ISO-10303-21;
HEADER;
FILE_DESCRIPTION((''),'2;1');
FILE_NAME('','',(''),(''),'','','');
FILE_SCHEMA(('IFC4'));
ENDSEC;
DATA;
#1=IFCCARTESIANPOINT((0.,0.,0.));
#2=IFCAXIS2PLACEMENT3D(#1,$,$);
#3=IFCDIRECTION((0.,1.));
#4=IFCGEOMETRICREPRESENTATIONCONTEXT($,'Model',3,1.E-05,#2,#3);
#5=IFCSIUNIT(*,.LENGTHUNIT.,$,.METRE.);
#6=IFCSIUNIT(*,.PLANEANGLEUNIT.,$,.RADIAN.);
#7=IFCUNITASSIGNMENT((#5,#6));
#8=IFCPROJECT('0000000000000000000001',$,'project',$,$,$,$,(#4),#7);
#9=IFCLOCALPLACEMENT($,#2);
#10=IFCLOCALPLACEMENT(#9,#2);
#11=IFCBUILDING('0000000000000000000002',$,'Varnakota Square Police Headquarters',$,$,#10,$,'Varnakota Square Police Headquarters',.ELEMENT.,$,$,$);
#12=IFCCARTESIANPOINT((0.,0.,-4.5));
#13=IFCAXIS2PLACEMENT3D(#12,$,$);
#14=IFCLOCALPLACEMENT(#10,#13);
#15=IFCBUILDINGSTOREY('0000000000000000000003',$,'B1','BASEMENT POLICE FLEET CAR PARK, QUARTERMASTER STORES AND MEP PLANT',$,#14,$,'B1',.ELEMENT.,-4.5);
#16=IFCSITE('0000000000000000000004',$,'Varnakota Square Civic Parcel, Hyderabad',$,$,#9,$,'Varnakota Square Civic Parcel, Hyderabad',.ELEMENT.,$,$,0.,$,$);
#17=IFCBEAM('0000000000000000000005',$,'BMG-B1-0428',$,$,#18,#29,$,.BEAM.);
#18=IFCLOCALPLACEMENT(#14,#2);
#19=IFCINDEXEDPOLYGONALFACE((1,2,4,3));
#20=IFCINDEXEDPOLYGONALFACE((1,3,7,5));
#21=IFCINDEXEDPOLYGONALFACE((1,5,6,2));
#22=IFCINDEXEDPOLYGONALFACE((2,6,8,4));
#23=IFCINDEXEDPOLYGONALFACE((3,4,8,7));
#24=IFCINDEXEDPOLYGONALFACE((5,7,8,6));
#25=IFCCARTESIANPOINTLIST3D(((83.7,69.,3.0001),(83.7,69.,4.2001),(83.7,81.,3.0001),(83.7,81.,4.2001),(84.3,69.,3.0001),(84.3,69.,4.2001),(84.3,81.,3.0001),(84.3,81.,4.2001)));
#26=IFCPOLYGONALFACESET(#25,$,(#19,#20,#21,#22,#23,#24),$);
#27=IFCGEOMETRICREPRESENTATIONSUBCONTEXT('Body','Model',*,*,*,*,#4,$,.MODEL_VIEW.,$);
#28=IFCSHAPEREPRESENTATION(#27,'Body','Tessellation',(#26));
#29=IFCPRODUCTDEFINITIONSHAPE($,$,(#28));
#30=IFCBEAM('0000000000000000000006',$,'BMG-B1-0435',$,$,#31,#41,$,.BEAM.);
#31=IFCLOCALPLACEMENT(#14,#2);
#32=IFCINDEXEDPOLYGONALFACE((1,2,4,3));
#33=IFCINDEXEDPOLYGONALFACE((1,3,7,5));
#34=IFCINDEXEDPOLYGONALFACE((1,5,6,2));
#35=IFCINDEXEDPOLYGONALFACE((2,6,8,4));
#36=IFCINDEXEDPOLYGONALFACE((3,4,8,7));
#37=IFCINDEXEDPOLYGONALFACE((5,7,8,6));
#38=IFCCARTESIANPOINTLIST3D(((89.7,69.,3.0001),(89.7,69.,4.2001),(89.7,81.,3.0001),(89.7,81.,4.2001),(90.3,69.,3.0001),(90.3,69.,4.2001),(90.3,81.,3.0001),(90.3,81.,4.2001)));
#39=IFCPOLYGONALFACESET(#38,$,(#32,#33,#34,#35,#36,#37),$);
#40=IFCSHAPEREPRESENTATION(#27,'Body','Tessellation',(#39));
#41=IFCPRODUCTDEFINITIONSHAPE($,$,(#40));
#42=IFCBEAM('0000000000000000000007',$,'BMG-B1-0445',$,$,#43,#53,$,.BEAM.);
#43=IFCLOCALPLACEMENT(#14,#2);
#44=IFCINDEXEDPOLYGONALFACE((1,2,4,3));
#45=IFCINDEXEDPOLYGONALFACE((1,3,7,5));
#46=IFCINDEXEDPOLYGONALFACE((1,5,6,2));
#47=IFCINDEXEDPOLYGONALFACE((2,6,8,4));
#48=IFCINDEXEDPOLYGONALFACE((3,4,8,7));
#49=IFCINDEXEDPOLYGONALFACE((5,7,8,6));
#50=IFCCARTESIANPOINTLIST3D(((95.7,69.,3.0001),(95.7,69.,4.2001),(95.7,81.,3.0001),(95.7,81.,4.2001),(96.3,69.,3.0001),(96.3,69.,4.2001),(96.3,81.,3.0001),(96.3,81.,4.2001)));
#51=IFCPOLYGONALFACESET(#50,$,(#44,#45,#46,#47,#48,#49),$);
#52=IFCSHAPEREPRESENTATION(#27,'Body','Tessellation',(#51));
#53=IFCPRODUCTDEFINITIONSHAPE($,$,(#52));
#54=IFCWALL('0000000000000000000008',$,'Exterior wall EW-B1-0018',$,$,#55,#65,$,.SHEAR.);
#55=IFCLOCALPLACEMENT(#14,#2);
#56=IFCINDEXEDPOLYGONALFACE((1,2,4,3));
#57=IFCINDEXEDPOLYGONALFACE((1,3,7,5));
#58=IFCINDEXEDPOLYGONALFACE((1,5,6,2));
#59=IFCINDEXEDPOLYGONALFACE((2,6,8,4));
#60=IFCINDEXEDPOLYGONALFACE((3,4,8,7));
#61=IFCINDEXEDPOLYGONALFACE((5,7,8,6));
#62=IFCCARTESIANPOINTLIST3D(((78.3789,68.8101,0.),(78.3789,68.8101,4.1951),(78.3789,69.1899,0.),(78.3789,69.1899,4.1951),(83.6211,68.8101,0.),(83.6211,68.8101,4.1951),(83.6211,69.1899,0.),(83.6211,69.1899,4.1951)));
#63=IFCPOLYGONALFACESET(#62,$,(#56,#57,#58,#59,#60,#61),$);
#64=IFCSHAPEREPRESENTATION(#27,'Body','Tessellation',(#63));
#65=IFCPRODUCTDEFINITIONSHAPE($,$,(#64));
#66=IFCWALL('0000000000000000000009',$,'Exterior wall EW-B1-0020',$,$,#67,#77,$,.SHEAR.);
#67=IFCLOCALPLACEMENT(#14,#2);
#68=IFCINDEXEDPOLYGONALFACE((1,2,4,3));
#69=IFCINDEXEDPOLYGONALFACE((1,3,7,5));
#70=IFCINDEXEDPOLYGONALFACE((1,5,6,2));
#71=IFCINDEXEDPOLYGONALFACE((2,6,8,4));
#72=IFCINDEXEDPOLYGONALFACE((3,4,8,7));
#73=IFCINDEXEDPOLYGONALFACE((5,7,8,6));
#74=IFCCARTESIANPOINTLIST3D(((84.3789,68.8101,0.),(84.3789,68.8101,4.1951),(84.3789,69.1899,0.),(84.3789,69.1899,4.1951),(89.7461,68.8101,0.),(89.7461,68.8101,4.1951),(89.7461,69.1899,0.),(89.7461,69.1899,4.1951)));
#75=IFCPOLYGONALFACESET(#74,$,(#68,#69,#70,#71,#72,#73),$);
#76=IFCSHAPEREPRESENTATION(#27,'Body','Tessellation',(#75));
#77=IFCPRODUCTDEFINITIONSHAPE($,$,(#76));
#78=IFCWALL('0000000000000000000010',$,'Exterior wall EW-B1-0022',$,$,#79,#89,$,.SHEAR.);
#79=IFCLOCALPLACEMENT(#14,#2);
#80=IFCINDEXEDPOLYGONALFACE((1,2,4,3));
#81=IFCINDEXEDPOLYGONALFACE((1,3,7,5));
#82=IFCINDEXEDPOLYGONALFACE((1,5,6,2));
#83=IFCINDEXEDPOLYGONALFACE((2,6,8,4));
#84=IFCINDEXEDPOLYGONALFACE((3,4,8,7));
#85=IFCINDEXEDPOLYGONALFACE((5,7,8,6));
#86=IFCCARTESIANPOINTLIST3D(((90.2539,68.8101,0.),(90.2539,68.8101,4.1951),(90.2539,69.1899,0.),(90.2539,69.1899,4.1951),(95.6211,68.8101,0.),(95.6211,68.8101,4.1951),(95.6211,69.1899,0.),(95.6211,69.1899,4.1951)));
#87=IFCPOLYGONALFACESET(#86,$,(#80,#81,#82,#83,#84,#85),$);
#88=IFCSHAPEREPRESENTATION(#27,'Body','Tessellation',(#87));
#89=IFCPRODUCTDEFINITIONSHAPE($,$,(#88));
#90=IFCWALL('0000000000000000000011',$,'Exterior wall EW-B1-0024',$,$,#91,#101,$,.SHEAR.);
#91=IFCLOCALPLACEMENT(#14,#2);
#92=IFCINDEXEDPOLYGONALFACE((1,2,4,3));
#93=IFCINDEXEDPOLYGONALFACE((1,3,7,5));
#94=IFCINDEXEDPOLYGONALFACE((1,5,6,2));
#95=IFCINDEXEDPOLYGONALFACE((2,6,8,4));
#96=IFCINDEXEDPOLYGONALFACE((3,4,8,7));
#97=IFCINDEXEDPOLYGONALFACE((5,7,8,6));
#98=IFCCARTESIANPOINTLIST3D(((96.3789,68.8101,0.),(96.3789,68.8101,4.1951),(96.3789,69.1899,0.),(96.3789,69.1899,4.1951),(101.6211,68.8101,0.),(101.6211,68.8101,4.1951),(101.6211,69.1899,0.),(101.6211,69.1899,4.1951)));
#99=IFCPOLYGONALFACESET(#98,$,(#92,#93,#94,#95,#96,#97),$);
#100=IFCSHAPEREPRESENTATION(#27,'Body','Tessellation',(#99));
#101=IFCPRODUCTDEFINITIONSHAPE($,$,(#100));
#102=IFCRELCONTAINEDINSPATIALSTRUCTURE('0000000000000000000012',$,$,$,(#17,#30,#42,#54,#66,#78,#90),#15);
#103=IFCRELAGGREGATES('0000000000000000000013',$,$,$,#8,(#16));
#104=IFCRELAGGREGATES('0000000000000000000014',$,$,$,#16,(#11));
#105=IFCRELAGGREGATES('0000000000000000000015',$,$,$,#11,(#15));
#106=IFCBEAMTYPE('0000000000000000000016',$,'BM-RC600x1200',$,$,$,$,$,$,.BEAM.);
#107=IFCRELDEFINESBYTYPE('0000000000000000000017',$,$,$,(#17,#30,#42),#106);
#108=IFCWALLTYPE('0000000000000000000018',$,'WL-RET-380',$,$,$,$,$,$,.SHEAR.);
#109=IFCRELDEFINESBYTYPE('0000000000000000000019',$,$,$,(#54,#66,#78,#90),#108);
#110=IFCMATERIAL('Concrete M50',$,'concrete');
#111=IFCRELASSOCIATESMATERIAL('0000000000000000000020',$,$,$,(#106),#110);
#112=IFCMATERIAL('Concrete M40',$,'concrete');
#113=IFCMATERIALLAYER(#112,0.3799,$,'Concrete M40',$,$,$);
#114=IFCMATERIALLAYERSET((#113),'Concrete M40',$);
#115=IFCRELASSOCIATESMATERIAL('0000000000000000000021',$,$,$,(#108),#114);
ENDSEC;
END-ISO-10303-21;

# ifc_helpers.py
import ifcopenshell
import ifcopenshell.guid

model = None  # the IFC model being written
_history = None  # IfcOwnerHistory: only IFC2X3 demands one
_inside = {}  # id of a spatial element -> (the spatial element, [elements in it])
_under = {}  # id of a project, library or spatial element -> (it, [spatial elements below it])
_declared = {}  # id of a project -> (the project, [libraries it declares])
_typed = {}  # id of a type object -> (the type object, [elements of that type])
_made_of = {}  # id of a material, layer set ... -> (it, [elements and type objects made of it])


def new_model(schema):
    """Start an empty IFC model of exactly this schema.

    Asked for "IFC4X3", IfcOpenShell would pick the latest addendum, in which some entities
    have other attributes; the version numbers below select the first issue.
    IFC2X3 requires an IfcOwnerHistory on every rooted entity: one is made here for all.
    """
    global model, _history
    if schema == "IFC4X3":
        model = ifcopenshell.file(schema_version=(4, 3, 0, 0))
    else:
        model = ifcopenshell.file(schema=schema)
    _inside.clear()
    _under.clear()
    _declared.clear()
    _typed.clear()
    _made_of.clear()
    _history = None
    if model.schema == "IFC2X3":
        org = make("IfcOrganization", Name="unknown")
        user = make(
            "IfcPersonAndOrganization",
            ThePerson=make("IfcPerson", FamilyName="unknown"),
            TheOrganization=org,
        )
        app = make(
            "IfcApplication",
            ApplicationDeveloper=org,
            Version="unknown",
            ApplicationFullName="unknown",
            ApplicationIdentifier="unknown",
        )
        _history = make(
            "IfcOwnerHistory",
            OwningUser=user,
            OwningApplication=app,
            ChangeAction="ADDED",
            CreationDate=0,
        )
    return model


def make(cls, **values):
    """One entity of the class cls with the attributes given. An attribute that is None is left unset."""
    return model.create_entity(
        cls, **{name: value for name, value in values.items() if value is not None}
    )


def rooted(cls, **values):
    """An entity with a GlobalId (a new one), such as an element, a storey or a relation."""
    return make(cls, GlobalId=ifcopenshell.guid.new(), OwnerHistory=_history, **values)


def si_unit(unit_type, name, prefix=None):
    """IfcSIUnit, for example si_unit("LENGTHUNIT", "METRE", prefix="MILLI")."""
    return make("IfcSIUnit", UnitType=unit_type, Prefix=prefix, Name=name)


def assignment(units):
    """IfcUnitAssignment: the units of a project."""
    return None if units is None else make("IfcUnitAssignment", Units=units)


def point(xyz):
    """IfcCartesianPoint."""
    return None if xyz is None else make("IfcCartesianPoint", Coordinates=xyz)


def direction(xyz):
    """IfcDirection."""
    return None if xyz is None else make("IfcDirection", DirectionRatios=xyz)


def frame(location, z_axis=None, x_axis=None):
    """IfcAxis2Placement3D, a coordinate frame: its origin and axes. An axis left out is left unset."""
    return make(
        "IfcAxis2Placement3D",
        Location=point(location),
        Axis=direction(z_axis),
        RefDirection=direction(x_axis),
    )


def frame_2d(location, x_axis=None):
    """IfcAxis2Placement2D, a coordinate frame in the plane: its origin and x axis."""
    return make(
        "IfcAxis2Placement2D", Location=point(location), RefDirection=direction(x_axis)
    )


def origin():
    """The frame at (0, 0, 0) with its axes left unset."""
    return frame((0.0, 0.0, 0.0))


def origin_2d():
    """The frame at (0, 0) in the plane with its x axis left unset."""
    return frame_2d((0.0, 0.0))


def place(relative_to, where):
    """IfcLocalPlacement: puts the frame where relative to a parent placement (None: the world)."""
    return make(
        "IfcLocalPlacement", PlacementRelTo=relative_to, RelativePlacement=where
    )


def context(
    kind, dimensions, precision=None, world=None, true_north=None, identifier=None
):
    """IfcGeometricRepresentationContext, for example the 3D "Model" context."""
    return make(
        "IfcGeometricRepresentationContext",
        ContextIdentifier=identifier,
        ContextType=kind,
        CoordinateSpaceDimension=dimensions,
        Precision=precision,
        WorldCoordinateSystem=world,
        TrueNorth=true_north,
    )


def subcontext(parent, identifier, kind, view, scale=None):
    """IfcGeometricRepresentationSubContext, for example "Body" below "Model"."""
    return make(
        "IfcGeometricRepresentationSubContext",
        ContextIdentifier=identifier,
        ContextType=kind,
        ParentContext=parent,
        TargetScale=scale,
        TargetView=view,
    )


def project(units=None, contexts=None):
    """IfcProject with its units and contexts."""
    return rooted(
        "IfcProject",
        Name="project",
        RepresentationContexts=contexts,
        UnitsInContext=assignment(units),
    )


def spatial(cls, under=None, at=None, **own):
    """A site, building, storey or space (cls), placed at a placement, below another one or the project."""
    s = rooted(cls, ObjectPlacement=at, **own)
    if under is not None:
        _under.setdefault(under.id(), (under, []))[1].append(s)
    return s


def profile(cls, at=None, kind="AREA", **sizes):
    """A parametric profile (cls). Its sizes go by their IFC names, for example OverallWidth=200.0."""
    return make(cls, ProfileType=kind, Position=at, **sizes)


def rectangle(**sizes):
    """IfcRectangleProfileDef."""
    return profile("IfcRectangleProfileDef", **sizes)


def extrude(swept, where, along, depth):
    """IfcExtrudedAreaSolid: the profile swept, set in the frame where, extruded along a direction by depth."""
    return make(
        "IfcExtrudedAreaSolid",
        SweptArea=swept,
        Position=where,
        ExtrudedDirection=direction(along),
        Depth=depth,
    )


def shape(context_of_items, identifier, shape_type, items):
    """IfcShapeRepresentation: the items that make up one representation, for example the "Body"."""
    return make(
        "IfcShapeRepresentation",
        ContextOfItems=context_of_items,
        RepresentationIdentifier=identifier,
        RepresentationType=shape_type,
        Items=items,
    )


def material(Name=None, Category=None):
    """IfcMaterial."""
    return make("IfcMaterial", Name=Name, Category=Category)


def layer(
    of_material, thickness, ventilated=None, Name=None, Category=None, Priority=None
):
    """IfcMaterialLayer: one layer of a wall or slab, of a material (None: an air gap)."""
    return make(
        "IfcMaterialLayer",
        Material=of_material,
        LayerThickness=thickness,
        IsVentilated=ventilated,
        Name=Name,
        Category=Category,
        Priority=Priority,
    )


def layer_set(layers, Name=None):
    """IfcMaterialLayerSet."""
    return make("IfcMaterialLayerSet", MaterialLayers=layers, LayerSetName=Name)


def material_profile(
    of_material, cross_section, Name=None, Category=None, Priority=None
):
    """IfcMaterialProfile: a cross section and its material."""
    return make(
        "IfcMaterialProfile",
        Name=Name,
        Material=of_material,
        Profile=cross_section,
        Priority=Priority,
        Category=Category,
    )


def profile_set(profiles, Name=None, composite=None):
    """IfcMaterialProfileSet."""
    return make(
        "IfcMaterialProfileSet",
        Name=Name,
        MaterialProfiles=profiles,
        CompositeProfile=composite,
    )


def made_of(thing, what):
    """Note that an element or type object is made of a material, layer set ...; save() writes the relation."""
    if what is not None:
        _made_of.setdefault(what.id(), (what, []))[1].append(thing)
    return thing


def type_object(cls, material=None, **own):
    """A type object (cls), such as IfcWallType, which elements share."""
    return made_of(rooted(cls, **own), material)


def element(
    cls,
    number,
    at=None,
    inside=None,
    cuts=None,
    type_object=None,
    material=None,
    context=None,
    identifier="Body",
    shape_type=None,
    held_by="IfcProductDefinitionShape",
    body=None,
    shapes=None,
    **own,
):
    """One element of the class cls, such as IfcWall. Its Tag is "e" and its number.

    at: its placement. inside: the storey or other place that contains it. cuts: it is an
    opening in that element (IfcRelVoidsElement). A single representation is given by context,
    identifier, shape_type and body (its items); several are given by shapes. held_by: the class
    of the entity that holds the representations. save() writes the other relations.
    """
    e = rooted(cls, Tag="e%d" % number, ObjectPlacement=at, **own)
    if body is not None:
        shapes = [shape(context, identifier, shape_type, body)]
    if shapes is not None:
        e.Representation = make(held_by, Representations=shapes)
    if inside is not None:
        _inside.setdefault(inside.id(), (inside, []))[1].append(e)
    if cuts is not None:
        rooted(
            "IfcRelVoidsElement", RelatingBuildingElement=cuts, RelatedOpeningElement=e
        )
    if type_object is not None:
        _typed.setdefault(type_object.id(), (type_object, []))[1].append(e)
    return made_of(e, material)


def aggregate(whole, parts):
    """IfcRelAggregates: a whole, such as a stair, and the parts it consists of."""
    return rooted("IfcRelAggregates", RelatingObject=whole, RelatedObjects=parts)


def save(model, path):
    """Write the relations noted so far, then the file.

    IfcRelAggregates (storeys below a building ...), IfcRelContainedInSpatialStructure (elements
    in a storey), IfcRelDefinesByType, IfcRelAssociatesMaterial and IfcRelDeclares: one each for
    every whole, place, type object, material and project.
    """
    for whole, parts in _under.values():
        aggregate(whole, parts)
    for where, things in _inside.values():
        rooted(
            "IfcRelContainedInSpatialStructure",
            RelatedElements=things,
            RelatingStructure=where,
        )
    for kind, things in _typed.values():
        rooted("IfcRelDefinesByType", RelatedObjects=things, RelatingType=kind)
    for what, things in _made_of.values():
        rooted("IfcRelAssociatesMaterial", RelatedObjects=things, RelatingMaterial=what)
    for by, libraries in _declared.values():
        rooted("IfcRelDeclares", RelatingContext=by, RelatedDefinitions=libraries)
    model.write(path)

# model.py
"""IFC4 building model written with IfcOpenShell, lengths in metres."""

from ifc_helpers import new_model, si_unit, direction, frame, frame_2d, origin, origin_2d, place, context, subcontext, project, spatial, rectangle, extrude, material, layer, layer_set, material_profile, profile_set, type_object, element, save


model = new_model("IFC4")

# Units and contexts
model_context = context("Model", 3, precision=1e-05, world=origin(), true_north=direction((0.0, 1.0)))
body_context = subcontext(model_context, "Body", "Model", "MODEL_VIEW")
ifc_project = project(units=[si_unit("LENGTHUNIT", "METRE"), si_unit("PLANEANGLEUNIT", "RADIAN")], contexts=[model_context])

# Site, building, storey
site_placement = place(None, origin())
site = spatial("IfcSite", under=ifc_project, at=site_placement, Name="Varnakota Square Civic Parcel, Hyderabad", LongName="Varnakota Square Civic Parcel, Hyderabad", CompositionType="ELEMENT", RefElevation=0.0)
building_placement = place(site_placement, origin())
building = spatial("IfcBuilding", under=site, at=building_placement, Name="Varnakota Square Police Headquarters", LongName="Varnakota Square Police Headquarters", CompositionType="ELEMENT")
storey_placement = place(building_placement, frame((0.0, 0.0, -4.5)))
storey = spatial("IfcBuildingStorey", under=building, at=storey_placement, Name="B1", Description="BASEMENT POLICE FLEET CAR PARK, QUARTERMASTER STORES AND MEP PLANT", LongName="B1", CompositionType="ELEMENT", Elevation=-4.5)

# Shared definitions
ifc_material_1 = material(Name="Concrete M40", Category="concrete")
ifc_material_2 = material(Name="Concrete M50", Category="concrete")

# Beams
ifc_material_profile_1 = material_profile(ifc_material_2, rectangle(XDim=0.6001, YDim=1.2, at=origin_2d()), Name="RC 600x1200")
ifc_profile_set_1 = profile_set([ifc_material_profile_1], Name="Concrete M50")
beam_type_1 = type_object("IfcBeamType", Name="BM-RC600x1200", PredefinedType="BEAM", material=ifc_profile_set_1)
for number, where, z_axis, x_axis, name in (
    (1, (84.0, 69.0, 3.6001), (0.0, 1.0, 0.0), (-1.0, 0.0, 0.0), "BMG-B1-0428"),
    (2, (90.0, 69.0, 3.6001), (0.0, 1.0, 0.0), (-1.0, 0.0, 0.0), "BMG-B1-0435"),
    (3, (96.0, 69.0, 3.6001), (0.0, 1.0, 0.0), (-1.0, 0.0, 0.0), "BMG-B1-0445"),
):
    element("IfcBeam", number, at=place(storey_placement, frame(where, z_axis=z_axis, x_axis=x_axis)), inside=storey, type_object=beam_type_1, Name=name, PredefinedType="BEAM", context=body_context, shape_type="SweptSolid", body=[
        extrude(rectangle(XDim=0.6001, YDim=1.2, at=origin_2d()), origin(), (0.0, 0.0, 1.0), 12.0),
    ])

# Walls
ifc_layer = layer(ifc_material_1, 0.3799, Name="Concrete M40")
ifc_layer_set = layer_set([ifc_layer], Name="Concrete M40")
wall_type = type_object("IfcWallType", Name="WL-RET-380", PredefinedType="SHEAR", material=ifc_layer_set)
wall_1_placement = place(storey_placement, frame((78.3789, 69.0, 0.0), z_axis=(0.0, 0.0, 1.0), x_axis=(1.0, 0.0, 0.0)))
element("IfcWall", 4, at=wall_1_placement, inside=storey, type_object=wall_type, Name="Exterior wall EW-B1-0018", PredefinedType="SHEAR", context=body_context, shape_type="SweptSolid", body=[
    extrude(rectangle(XDim=5.2422, YDim=0.3799, at=frame_2d((2.6211, 0.0))), origin(), (0.0, 0.0, 1.0), 4.1951),
])
for number, where, z_axis, x_axis, name in (
    (5, (84.3789, 69.0, 0.0), (0.0, 0.0, 1.0), (1.0, 0.0, 0.0), "Exterior wall EW-B1-0020"),
    (6, (90.2539, 69.0, 0.0), (0.0, 0.0, 1.0), (1.0, 0.0, 0.0), "Exterior wall EW-B1-0022"),
):
    element("IfcWall", number, at=place(storey_placement, frame(where, z_axis=z_axis, x_axis=x_axis)), inside=storey, type_object=wall_type, Name=name, PredefinedType="SHEAR", context=body_context, shape_type="SweptSolid", body=[
        extrude(rectangle(XDim=5.3672, YDim=0.3799, at=frame_2d((2.6836, 0.0))), origin(), (0.0, 0.0, 1.0), 4.1951),
    ])
wall_2_placement = place(storey_placement, frame((96.3789, 69.0, 0.0), z_axis=(0.0, 0.0, 1.0), x_axis=(1.0, 0.0, 0.0)))
element("IfcWall", 7, at=wall_2_placement, inside=storey, type_object=wall_type, Name="Exterior wall EW-B1-0024", PredefinedType="SHEAR", context=body_context, shape_type="SweptSolid", body=[
    extrude(rectangle(XDim=5.2422, YDim=0.3799, at=frame_2d((2.6211, 0.0))), origin(), (0.0, 0.0, 1.0), 4.1951),
])

save(model, "model.ifc")
